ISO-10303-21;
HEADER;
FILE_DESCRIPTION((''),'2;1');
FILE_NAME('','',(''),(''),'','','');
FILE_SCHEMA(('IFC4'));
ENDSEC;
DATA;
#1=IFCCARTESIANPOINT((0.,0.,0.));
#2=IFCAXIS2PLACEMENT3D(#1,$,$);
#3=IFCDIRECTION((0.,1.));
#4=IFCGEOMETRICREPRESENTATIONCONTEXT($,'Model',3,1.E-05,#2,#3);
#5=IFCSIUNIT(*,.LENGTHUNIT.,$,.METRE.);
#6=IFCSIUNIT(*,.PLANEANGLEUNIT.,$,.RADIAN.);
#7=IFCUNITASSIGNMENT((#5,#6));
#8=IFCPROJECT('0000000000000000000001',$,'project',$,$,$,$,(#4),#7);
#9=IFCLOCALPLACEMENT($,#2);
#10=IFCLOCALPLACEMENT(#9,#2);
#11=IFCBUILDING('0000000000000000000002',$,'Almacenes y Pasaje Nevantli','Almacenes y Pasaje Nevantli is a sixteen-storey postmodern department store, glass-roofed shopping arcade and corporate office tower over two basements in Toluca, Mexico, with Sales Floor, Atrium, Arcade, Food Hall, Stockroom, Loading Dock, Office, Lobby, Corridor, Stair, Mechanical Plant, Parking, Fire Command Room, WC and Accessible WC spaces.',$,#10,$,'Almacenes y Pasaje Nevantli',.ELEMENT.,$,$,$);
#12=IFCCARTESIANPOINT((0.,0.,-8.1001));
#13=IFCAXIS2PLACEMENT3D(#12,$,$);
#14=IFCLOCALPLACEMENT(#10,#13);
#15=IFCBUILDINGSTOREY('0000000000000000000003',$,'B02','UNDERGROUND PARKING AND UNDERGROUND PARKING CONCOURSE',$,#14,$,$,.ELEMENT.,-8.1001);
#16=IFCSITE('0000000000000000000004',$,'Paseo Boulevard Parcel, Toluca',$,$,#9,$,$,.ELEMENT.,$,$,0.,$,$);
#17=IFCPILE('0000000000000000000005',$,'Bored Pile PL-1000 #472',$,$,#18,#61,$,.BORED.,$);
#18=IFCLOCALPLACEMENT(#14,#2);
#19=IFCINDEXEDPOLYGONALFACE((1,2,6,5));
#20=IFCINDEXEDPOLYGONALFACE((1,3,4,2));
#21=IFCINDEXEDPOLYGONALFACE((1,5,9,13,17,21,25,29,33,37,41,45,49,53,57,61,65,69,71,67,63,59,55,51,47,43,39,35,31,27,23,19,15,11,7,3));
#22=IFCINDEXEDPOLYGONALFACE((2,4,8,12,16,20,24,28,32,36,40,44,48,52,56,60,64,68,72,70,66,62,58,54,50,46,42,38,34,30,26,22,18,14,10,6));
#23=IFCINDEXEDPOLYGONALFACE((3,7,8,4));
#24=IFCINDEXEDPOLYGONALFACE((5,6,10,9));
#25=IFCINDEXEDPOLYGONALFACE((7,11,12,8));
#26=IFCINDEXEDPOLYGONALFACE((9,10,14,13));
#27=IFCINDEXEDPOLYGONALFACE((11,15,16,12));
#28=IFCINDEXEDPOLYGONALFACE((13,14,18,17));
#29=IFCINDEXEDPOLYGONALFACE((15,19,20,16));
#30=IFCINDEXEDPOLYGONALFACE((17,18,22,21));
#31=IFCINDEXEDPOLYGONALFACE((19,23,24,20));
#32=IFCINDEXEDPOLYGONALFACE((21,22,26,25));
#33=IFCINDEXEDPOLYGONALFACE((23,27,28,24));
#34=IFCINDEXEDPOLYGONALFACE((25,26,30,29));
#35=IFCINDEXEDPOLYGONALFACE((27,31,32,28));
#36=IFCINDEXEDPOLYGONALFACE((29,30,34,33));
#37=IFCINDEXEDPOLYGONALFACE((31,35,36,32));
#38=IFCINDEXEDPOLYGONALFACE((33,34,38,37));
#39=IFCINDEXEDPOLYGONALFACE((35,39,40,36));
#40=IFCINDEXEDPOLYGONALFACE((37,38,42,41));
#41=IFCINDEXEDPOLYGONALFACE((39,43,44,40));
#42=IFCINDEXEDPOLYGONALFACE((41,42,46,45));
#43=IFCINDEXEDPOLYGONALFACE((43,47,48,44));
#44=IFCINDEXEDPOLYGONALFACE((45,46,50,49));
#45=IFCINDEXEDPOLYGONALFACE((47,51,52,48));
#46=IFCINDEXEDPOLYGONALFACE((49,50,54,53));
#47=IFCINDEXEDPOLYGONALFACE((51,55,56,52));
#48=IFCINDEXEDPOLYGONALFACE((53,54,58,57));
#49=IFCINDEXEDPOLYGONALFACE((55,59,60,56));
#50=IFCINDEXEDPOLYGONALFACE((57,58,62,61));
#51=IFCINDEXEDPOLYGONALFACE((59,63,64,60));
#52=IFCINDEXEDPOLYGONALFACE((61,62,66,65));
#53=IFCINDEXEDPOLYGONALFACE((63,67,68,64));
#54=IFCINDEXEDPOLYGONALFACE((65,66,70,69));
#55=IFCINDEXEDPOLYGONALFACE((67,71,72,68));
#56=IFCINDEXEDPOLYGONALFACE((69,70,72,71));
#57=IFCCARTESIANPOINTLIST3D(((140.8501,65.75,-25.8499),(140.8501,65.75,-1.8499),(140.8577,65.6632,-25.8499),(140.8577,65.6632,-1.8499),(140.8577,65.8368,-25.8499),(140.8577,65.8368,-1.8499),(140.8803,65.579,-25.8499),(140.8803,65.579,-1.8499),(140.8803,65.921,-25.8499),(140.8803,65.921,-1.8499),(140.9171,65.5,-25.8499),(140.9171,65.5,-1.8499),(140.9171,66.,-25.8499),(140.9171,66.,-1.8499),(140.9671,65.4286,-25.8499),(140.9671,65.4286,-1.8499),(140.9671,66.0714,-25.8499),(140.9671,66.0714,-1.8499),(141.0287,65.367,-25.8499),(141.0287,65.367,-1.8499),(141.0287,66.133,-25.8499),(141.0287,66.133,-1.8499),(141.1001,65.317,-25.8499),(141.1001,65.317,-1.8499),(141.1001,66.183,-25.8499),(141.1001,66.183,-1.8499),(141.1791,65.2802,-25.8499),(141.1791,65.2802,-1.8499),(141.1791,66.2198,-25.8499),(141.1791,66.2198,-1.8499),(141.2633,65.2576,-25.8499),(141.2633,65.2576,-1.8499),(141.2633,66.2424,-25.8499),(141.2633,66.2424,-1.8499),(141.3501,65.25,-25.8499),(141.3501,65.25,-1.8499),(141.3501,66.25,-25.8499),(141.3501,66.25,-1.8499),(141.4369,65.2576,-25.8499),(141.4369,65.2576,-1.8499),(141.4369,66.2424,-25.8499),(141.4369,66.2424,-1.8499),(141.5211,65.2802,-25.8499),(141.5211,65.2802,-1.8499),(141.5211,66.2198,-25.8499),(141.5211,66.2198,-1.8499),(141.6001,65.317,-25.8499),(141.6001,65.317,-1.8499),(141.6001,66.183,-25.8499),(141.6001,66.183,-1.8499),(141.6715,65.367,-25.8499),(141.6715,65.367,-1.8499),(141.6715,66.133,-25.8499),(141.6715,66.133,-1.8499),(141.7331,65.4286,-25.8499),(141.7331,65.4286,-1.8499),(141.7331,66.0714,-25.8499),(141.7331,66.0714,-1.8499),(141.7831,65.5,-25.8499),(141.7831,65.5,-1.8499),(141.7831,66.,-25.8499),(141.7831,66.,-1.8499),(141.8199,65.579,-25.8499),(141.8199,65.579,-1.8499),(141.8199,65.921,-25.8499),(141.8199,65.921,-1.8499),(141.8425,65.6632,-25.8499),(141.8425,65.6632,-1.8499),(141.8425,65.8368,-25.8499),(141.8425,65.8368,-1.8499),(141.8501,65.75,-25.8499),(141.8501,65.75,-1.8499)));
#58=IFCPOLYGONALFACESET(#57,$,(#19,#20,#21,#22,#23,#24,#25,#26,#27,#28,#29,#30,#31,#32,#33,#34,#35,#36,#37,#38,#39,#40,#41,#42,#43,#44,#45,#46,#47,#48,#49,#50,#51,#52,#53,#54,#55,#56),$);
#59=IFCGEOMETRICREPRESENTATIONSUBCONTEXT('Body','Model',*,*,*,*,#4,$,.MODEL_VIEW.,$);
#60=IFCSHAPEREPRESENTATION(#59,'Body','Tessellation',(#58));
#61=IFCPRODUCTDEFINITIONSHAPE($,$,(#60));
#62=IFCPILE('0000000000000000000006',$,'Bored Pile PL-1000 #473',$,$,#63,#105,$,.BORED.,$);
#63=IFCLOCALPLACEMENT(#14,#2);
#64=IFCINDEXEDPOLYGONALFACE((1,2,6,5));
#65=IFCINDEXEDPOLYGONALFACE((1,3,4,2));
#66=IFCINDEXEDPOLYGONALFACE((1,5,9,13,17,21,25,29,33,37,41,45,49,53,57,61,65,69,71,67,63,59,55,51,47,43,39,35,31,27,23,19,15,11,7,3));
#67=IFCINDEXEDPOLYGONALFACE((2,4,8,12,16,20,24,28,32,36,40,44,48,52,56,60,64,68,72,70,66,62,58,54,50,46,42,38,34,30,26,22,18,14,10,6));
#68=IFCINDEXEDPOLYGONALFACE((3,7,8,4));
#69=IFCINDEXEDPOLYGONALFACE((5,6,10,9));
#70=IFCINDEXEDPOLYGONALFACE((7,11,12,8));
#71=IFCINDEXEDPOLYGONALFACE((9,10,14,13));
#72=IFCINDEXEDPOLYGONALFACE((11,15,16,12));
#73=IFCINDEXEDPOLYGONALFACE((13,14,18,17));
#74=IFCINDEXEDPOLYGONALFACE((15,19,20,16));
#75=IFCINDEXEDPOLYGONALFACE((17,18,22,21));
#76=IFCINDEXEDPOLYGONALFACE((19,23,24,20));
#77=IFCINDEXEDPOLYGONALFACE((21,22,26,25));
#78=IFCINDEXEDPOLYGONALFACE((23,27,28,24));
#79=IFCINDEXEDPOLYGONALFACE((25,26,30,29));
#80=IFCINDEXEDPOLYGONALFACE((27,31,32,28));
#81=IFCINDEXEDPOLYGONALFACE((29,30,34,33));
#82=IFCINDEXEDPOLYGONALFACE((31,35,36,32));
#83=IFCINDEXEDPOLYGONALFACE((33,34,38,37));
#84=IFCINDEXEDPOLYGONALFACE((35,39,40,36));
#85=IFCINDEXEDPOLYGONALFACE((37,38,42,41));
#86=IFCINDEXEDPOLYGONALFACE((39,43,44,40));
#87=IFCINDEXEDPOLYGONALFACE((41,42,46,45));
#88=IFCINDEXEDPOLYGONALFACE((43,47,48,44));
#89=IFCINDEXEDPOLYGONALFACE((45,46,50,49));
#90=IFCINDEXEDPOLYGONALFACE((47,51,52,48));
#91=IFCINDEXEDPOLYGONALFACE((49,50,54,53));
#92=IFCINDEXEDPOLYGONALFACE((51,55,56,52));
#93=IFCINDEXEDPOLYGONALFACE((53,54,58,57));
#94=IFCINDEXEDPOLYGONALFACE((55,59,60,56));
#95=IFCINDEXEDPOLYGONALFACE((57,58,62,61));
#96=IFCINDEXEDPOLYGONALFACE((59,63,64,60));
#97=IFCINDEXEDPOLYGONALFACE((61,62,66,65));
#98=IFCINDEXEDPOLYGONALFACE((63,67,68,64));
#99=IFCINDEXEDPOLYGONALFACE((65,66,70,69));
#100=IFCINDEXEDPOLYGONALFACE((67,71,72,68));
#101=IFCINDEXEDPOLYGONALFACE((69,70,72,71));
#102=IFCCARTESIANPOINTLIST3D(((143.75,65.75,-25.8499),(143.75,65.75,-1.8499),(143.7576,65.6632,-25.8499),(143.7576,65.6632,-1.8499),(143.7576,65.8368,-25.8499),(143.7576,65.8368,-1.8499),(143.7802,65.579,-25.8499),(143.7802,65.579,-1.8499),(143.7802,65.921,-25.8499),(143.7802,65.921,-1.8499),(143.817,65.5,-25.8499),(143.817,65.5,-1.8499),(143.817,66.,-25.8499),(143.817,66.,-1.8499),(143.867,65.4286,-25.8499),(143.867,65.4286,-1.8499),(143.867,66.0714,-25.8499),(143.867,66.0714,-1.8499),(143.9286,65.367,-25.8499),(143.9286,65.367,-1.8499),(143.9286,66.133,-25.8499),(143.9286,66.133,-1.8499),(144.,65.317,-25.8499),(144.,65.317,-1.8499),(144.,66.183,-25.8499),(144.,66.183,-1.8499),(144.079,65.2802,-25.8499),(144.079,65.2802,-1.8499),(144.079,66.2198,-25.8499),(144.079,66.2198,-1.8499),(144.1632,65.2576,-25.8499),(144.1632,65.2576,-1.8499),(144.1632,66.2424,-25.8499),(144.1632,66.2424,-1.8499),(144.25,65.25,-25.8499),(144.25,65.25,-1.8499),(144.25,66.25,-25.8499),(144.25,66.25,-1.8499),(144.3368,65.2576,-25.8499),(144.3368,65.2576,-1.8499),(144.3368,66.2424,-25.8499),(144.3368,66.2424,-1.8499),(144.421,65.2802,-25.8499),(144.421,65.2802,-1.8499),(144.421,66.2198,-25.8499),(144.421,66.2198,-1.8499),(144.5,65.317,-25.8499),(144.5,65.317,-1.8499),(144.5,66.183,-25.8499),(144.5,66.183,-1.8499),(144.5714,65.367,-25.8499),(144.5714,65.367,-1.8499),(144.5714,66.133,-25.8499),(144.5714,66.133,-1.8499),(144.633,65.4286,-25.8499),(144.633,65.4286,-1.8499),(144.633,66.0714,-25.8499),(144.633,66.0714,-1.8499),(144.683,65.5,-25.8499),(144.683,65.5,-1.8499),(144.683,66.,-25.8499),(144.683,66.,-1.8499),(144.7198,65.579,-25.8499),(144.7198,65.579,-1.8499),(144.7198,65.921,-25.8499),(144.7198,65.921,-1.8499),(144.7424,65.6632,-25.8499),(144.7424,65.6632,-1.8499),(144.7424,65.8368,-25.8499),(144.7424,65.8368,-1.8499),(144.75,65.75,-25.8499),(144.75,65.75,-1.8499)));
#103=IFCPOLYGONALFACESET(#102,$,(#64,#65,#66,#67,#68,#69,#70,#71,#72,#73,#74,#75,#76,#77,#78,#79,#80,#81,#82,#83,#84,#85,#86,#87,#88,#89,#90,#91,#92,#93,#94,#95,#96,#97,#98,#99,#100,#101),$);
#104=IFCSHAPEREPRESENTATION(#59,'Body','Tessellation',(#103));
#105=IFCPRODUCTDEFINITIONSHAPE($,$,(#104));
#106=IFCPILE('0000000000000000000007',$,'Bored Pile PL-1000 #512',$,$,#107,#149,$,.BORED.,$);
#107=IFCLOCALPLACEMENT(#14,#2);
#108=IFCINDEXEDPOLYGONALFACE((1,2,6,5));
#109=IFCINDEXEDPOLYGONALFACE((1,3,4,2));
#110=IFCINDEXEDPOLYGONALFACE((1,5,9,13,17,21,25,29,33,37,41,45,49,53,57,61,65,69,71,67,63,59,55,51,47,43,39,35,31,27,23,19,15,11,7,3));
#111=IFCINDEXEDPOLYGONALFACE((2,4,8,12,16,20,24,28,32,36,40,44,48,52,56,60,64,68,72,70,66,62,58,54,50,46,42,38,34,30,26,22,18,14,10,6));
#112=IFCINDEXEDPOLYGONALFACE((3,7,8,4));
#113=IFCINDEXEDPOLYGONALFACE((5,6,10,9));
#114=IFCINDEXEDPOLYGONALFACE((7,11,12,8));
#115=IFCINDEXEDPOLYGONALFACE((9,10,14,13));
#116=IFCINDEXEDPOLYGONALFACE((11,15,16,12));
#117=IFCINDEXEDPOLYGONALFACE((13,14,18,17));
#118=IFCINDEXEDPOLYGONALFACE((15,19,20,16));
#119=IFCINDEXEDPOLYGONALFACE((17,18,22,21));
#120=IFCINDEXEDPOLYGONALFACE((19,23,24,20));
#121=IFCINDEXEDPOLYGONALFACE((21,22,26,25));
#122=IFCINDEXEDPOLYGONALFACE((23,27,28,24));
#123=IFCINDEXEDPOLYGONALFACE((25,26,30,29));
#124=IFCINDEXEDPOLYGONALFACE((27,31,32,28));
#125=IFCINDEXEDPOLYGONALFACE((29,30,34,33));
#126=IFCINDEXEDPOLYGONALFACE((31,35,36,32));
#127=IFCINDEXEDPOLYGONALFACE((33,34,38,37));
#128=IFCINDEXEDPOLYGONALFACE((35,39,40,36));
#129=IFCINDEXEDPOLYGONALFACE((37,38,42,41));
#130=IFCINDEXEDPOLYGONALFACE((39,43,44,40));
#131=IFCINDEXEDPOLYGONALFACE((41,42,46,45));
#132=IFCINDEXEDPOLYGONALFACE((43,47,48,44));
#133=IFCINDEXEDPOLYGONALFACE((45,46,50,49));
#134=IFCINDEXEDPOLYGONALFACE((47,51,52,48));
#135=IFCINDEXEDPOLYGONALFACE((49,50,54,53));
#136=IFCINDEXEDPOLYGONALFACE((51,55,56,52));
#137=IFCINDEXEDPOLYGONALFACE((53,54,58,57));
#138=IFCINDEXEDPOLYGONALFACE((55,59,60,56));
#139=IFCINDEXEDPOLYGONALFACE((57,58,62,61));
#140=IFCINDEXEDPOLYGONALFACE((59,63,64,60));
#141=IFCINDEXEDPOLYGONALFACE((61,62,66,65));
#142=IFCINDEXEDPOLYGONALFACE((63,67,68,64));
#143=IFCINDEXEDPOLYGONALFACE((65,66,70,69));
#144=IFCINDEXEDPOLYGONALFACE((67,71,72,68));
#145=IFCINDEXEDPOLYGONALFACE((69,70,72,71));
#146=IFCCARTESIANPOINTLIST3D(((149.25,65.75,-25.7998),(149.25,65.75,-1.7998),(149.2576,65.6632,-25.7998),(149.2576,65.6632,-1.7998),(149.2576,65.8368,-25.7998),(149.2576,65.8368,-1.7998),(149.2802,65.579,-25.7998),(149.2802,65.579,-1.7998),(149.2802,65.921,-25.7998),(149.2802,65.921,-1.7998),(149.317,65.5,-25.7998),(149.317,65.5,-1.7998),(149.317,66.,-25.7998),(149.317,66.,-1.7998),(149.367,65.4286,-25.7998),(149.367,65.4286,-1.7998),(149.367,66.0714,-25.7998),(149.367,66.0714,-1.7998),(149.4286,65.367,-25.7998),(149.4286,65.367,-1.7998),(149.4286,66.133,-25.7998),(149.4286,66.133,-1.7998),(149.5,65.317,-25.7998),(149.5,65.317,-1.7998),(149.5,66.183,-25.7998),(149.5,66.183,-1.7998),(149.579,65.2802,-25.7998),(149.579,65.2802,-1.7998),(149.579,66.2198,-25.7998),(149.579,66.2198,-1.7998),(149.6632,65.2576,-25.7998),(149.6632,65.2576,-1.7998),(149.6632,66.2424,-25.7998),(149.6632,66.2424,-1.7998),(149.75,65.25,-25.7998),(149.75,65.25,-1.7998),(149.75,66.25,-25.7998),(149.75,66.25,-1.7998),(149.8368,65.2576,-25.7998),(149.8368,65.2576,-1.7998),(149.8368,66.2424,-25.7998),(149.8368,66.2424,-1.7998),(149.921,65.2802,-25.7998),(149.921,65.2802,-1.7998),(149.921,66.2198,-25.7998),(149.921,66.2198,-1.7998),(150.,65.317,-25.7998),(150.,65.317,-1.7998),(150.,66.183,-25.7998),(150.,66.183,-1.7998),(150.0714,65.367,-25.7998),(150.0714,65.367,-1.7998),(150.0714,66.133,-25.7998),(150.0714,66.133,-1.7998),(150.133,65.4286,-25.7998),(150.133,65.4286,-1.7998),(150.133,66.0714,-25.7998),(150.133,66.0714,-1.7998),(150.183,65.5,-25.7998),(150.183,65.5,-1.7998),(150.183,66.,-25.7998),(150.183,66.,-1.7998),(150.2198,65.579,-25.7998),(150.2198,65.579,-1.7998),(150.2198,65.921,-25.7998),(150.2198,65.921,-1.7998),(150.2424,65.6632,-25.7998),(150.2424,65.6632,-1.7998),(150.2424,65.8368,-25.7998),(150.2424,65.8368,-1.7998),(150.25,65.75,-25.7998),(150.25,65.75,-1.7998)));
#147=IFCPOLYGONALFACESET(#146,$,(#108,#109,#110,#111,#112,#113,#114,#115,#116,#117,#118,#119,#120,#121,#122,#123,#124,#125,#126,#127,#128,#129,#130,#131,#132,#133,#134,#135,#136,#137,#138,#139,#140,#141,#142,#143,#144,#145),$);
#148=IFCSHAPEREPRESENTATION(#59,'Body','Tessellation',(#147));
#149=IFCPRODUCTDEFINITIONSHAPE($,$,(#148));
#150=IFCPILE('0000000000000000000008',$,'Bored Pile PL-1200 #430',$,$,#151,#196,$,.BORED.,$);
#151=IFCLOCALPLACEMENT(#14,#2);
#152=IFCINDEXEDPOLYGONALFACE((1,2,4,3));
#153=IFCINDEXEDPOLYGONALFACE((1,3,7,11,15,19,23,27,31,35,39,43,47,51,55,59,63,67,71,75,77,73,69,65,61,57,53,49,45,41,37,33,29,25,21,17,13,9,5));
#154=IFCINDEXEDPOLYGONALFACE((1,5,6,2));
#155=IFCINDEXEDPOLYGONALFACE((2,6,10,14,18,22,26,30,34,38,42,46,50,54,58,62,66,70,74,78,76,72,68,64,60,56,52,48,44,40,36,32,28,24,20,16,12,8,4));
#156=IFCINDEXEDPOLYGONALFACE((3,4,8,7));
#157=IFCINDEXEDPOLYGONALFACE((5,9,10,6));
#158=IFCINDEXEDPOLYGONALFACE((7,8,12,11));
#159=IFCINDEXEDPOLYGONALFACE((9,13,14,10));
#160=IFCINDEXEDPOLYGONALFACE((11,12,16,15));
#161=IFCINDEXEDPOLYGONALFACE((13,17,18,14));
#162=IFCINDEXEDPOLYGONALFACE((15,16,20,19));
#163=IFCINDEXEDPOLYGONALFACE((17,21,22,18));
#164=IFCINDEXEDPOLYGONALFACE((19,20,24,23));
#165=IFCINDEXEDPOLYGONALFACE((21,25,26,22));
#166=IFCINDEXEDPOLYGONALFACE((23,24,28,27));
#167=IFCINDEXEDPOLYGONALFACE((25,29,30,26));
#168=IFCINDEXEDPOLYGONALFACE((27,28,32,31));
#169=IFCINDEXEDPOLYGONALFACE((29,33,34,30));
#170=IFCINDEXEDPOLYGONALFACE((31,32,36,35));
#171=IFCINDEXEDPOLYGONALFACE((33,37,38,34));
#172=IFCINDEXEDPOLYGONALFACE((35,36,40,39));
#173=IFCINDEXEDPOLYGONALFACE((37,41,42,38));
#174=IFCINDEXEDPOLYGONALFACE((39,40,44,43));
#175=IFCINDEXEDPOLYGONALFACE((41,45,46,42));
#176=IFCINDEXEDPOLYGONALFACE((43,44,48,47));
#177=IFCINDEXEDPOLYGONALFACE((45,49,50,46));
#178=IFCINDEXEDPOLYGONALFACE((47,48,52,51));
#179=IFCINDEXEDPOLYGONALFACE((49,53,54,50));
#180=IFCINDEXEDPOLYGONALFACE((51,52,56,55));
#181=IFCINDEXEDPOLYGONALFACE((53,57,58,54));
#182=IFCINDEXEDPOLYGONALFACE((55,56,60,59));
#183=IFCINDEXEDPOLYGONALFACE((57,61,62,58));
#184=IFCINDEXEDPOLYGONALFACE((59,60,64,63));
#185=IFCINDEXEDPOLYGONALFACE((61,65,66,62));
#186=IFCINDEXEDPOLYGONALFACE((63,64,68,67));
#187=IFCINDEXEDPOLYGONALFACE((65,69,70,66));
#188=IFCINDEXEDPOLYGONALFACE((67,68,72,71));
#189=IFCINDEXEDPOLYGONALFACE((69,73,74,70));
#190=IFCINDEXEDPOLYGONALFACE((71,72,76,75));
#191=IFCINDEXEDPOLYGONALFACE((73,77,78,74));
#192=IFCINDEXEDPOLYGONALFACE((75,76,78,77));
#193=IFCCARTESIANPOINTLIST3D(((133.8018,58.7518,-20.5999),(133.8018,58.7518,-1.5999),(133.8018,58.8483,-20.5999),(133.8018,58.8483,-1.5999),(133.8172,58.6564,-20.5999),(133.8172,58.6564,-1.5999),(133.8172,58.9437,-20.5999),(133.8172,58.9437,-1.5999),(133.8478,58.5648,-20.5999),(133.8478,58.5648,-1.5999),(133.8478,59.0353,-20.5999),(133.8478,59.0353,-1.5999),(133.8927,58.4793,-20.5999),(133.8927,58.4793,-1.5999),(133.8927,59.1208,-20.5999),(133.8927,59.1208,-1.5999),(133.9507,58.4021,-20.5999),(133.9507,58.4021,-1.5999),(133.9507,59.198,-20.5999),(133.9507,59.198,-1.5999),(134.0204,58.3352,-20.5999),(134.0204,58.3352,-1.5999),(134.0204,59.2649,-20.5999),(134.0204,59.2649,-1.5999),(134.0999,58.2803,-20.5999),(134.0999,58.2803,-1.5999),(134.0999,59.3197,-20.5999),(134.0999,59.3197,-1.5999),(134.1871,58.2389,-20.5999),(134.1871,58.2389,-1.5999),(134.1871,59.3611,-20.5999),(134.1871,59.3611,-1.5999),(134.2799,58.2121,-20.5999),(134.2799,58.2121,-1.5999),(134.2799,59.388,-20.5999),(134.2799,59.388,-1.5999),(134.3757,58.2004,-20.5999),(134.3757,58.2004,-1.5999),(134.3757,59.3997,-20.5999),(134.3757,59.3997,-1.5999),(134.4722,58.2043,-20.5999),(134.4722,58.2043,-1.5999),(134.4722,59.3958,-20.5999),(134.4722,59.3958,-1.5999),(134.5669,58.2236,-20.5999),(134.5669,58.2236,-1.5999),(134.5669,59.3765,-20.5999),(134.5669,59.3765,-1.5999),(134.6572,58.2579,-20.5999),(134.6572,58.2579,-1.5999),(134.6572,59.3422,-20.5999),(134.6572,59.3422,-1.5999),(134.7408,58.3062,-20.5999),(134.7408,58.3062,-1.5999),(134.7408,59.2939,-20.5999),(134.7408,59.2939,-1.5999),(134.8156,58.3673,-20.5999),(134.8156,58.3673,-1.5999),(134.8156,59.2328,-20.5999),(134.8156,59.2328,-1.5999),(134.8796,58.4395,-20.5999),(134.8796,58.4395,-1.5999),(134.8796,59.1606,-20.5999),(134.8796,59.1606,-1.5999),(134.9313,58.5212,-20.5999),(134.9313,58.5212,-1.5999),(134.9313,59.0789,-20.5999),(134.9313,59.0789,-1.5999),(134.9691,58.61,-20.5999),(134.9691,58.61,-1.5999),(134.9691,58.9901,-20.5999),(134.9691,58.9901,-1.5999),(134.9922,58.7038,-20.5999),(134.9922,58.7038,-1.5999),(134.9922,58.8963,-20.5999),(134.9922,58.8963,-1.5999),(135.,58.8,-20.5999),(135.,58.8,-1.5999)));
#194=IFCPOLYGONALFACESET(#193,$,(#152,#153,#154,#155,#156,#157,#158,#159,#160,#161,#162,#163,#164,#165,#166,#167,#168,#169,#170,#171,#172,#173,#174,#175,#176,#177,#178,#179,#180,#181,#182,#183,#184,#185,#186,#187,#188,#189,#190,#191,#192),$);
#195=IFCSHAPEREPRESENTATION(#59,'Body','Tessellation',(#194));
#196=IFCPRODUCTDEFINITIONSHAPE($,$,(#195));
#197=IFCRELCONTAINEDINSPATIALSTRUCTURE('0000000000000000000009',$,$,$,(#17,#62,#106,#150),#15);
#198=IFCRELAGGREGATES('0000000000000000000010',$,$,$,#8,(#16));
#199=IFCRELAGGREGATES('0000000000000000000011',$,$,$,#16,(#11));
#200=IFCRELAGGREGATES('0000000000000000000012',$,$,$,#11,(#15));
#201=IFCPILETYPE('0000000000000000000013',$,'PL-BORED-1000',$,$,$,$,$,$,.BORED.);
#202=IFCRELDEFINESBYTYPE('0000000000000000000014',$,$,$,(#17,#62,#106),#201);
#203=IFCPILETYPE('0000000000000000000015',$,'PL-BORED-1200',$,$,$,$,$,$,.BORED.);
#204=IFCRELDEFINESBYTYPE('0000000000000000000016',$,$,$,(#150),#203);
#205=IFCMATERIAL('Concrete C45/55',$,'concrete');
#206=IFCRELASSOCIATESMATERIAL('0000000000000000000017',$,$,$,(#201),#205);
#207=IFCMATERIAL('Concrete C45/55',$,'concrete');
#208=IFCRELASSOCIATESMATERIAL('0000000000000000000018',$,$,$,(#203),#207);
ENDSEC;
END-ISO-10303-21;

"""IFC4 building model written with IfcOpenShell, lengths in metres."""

from ifc_helpers import new_model, si_unit, direction, frame, origin, origin_2d, place, context, subcontext, project, spatial, circle, extrude, material, material_profile, profile_set, type_object, element, save


model = new_model("IFC4")

# Units and contexts
model_context = context("Model", 3, precision=1e-05, world=origin(), true_north=direction((0.0, 1.0)))
body_context = subcontext(model_context, "Body", "Model", "MODEL_VIEW")
ifc_project = project(units=[si_unit("LENGTHUNIT", "METRE"), si_unit("PLANEANGLEUNIT", "RADIAN")], contexts=[model_context])

# Site, building, storey
site_placement = place(None, origin())
site = spatial("IfcSite", under=ifc_project, at=site_placement, Name="Paseo Boulevard Parcel, Toluca", CompositionType="ELEMENT", RefElevation=0.0)
building_placement = place(site_placement, origin())
building = spatial("IfcBuilding", under=site, at=building_placement, Name="Almacenes y Pasaje Nevantli", Description="Almacenes y Pasaje Nevantli is a sixteen-storey postmodern department store, glass-roofed shopping arcade and corporate office tower over two basements in Toluca, Mexico, with Sales Floor, Atrium, Arcade, Food Hall, Stockroom, Loading Dock, Office, Lobby, Corridor, Stair, Mechanical Plant, Parking, Fire Command Room, WC and Accessible WC spaces.", LongName="Almacenes y Pasaje Nevantli", CompositionType="ELEMENT")
storey_placement = place(building_placement, frame((0.0, 0.0, -8.1001)))
storey = spatial("IfcBuildingStorey", under=building, at=storey_placement, Name="B02", Description="UNDERGROUND PARKING AND UNDERGROUND PARKING CONCOURSE", CompositionType="ELEMENT", Elevation=-8.1001)

# Piles
ifc_material_1 = material(Name="Concrete C45/55", Category="concrete")
ifc_material_profile_1 = material_profile(ifc_material_1, circle(Radius=0.5, at=origin_2d()), Name="RC-PILE-D1000")
ifc_profile_set_1 = profile_set([ifc_material_profile_1], Name="Concrete C45/55")
pile_type_1 = type_object("IfcPileType", Name="PL-BORED-1000", PredefinedType="BORED", material=ifc_profile_set_1)
for number, where, z_axis, x_axis, name in (
    (1, (141.3501, 65.75, -1.8499), (0.0, 0.0, -1.0), (1.0, 0.0, 0.0), "Bored Pile PL-1000 #472"),
    (2, (144.25, 65.75, -1.8499), (0.0, 0.0, -1.0), (1.0, 0.0, 0.0), "Bored Pile PL-1000 #473"),
    (3, (149.75, 65.75, -1.7998), (0.0, 0.0, -1.0), (1.0, 0.0, 0.0), "Bored Pile PL-1000 #512"),
):
    element("IfcPile", number, at=place(storey_placement, frame(where, z_axis=z_axis, x_axis=x_axis)), inside=storey, type_object=pile_type_1, Name=name, PredefinedType="BORED", context=body_context, shape_type="SweptSolid", body=[
        extrude(circle(Radius=0.5, at=origin_2d()), origin(), (0.0, 0.0, 1.0), 24.0),
    ])
ifc_material_2 = material(Name="Concrete C45/55", Category="concrete")
ifc_material_profile_2 = material_profile(ifc_material_2, circle(Radius=0.6001, at=origin_2d()), Name="RC-PILE-D1200")
ifc_profile_set_2 = profile_set([ifc_material_profile_2], Name="Concrete C45/55")
pile_type_2 = type_object("IfcPileType", Name="PL-BORED-1200", PredefinedType="BORED", material=ifc_profile_set_2)
for number, where, z_axis, x_axis, name in (
    (4, (134.3999, 58.8, -1.5999), (0.0, 0.0, -1.0), (1.0, 0.0, 0.0), "Bored Pile PL-1200 #430"),
):
    element("IfcPile", number, at=place(storey_placement, frame(where, z_axis=z_axis, x_axis=x_axis)), inside=storey, type_object=pile_type_2, Name=name, PredefinedType="BORED", context=body_context, shape_type="SweptSolid", body=[
        extrude(circle(Radius=0.6001, at=origin_2d()), origin(), (0.0, 0.0, 1.0), 19.0),
    ])

save(model, "model.ifc")
